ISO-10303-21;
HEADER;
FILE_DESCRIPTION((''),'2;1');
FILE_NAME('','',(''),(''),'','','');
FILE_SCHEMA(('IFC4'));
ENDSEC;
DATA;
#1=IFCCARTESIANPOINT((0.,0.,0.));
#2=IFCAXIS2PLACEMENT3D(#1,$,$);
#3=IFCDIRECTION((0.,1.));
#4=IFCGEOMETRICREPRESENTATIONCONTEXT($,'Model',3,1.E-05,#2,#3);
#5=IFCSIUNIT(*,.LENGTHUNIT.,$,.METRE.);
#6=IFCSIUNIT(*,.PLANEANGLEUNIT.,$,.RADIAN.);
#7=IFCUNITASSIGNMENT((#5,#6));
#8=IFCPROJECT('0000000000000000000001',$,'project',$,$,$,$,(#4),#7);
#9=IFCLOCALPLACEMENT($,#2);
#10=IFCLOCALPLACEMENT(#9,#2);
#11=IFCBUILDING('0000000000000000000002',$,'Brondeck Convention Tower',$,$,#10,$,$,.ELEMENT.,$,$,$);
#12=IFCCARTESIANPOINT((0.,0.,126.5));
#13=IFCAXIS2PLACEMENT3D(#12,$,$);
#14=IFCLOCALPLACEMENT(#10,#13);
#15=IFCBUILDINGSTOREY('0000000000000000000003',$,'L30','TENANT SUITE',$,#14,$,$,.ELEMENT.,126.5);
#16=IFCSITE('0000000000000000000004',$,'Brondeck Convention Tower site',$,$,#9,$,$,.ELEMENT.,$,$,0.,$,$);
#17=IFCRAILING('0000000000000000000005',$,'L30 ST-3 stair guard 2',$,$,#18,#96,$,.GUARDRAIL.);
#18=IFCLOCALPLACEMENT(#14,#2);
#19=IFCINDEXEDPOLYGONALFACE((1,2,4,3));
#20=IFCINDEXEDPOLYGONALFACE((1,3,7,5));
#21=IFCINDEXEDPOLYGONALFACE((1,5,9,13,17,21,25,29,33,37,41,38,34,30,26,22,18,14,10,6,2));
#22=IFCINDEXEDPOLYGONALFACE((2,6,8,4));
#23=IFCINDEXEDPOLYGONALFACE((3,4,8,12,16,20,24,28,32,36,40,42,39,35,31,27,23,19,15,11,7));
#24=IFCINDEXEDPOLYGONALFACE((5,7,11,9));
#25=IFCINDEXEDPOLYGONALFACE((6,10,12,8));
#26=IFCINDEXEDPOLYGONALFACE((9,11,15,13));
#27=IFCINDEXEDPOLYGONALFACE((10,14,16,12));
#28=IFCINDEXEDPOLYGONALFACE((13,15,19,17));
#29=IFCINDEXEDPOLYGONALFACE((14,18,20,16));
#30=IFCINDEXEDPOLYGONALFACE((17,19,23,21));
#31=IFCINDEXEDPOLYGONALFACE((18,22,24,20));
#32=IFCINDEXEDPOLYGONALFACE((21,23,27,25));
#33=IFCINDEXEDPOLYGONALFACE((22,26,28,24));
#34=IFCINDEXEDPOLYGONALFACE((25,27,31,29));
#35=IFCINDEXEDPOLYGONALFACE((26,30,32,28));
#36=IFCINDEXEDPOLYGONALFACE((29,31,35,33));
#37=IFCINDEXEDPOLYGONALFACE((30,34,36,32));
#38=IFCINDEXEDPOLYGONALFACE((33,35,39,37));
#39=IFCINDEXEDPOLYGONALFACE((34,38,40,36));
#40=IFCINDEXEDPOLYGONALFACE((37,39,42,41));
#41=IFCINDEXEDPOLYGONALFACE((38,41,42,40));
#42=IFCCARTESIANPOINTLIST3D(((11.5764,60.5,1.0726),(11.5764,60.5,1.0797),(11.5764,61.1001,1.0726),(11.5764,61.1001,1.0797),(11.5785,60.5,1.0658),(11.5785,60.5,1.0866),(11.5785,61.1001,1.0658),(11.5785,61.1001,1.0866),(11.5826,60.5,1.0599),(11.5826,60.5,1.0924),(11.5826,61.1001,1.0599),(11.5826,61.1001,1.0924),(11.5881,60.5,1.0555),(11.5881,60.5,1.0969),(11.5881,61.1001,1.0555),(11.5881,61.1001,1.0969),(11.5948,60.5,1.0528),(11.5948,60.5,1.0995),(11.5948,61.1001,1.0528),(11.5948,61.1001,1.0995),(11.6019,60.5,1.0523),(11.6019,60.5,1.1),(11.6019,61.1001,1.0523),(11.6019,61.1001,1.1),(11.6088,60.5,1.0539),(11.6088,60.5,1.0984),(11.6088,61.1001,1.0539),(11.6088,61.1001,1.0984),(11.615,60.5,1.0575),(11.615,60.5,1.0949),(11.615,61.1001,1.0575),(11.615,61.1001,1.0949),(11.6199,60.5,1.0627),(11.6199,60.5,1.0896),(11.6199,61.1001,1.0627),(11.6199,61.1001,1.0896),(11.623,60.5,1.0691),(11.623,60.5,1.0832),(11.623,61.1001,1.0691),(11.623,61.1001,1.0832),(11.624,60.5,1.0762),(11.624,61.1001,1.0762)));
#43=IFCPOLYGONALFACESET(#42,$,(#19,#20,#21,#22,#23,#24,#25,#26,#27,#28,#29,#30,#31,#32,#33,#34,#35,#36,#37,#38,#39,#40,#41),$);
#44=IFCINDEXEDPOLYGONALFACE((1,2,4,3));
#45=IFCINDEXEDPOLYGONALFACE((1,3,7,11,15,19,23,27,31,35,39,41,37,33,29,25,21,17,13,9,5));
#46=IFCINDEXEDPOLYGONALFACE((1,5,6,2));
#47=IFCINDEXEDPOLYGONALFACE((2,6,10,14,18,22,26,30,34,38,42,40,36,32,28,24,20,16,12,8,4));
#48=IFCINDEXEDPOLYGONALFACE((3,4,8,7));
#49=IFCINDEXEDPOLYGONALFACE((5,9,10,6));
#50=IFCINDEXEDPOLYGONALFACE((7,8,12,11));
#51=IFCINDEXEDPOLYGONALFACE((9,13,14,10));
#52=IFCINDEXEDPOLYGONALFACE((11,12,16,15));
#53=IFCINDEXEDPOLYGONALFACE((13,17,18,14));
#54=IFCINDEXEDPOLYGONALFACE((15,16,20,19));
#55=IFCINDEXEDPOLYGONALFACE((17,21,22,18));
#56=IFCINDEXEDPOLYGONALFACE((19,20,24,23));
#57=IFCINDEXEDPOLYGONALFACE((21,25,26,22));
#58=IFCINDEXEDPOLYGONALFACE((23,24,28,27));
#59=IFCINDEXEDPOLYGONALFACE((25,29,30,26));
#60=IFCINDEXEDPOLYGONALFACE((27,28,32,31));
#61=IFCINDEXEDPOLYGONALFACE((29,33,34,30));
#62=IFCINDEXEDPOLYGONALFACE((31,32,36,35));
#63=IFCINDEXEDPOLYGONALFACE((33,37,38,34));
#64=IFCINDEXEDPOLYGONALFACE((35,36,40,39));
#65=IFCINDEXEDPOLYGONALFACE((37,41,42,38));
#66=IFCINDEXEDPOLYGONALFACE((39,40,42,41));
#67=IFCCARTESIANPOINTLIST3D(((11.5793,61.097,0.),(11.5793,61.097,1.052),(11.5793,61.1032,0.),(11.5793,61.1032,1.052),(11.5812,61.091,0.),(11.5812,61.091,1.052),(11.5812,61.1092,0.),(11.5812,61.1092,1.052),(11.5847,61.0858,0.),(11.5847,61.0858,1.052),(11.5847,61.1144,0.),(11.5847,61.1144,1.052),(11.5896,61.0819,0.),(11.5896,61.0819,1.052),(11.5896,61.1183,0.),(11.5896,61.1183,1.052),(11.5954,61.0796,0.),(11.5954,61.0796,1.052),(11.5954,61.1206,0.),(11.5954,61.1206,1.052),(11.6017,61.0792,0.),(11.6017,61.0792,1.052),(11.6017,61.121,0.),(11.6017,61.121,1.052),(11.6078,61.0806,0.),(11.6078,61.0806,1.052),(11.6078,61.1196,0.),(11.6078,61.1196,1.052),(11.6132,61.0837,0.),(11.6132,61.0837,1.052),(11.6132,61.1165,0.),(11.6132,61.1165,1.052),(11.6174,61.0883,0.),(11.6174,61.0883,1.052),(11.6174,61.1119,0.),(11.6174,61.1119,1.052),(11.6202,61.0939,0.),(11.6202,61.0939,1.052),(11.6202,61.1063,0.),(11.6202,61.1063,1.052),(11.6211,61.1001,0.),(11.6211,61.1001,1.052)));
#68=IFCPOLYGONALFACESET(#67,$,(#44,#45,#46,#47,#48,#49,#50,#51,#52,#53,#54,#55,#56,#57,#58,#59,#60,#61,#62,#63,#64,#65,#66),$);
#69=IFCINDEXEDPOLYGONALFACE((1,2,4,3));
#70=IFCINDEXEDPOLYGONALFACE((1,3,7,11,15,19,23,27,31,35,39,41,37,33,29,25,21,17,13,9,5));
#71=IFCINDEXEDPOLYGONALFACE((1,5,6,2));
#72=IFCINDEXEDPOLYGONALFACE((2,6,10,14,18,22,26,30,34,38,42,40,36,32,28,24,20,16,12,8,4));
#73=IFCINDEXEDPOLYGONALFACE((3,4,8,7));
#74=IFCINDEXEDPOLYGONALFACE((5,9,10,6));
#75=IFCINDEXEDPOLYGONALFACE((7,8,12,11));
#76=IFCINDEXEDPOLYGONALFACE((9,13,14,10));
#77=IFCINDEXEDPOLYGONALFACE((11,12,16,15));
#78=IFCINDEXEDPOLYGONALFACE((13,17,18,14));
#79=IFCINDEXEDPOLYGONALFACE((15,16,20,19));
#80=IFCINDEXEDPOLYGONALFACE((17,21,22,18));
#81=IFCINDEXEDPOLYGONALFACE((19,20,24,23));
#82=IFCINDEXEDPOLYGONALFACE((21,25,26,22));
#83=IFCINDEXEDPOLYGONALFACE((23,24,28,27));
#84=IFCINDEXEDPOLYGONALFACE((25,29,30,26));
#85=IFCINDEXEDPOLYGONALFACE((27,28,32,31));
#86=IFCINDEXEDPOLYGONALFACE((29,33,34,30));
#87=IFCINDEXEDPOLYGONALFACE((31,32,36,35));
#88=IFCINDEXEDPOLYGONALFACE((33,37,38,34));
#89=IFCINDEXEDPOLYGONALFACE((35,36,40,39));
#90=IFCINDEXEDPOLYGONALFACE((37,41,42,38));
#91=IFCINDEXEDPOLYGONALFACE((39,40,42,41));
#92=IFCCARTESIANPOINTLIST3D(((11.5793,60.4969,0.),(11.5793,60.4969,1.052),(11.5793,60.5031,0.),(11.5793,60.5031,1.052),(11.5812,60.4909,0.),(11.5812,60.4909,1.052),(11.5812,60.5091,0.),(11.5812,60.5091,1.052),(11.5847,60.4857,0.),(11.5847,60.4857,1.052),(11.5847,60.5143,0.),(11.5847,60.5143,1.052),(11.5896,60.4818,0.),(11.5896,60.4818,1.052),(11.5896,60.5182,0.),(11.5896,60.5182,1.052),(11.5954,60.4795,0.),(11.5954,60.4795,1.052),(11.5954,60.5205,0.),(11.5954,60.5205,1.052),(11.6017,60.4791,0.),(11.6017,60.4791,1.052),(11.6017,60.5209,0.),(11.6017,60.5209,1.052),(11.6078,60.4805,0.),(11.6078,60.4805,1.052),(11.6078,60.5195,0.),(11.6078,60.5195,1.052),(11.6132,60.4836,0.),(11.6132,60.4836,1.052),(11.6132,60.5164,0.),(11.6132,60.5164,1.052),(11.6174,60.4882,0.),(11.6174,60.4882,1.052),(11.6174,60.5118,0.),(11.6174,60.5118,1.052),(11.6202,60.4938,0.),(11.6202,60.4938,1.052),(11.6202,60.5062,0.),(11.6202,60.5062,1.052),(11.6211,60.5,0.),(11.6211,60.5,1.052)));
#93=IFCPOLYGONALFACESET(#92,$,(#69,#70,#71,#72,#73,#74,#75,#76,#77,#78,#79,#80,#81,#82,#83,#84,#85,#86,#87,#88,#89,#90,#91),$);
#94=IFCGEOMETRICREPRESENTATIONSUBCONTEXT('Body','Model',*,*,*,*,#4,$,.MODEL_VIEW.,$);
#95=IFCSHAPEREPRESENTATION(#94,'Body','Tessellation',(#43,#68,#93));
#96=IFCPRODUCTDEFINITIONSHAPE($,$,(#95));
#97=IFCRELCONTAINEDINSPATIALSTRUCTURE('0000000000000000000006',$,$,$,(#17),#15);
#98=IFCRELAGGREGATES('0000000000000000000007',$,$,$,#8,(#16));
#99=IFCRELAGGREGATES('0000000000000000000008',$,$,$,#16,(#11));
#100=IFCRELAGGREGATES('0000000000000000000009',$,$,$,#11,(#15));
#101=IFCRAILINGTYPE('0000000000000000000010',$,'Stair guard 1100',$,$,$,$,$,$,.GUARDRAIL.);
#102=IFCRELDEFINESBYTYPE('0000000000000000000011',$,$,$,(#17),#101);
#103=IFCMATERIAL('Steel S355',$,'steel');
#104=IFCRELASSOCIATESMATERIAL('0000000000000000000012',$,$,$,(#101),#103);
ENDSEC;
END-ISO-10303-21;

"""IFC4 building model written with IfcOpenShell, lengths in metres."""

from ifc_helpers import new_model, si_unit, direction, frame, origin, origin_2d, place, context, subcontext, project, spatial, circle, extrude, material, type_object, element, save


model = new_model("IFC4")

# Units and contexts
model_context = context("Model", 3, precision=1e-05, world=origin(), true_north=direction((0.0, 1.0)))
body_context = subcontext(model_context, "Body", "Model", "MODEL_VIEW")
ifc_project = project(units=[si_unit("LENGTHUNIT", "METRE"), si_unit("PLANEANGLEUNIT", "RADIAN")], contexts=[model_context])

# Site, building, storey
site_placement = place(None, origin())
site = spatial("IfcSite", under=ifc_project, at=site_placement, Name="Brondeck Convention Tower site", CompositionType="ELEMENT", RefElevation=0.0)
building_placement = place(site_placement, origin())
building = spatial("IfcBuilding", under=site, at=building_placement, Name="Brondeck Convention Tower", CompositionType="ELEMENT")
storey_placement = place(building_placement, frame((0.0, 0.0, 126.5)))
storey = spatial("IfcBuildingStorey", under=building, at=storey_placement, Name="L30", Description="TENANT SUITE", CompositionType="ELEMENT", Elevation=126.5)

# Railing
ifc_material_1 = material(Name="Steel S355", Category="steel")
railing_type_1 = type_object("IfcRailingType", Name="Stair guard 1100", PredefinedType="GUARDRAIL", material=ifc_material_1)
railing_1_placement = place(storey_placement, frame((11.6001, 61.1001, 0.0)))
element("IfcRailing", 1, at=railing_1_placement, inside=storey, type_object=railing_type_1, Name="L30 ST-3 stair guard 2", PredefinedType="GUARDRAIL", context=body_context, shape_type="SweptSolid", body=[
    extrude(circle(Radius=0.0239, at=origin_2d()), frame((0.0, 0.0, 1.0762), z_axis=(0.0, -1.0, 0.0), x_axis=(1.0, 0.0, 0.0)), (0.0, 0.0, 1.0), 0.6001),
    extrude(circle(Radius=0.021, at=origin_2d()), origin(), (0.0, 0.0, 1.0), 1.052),
    extrude(circle(Radius=0.021, at=origin_2d()), frame((0.0, -0.6001, 0.0)), (0.0, 0.0, 1.0), 1.052),
])

save(model, "model.ifc")
